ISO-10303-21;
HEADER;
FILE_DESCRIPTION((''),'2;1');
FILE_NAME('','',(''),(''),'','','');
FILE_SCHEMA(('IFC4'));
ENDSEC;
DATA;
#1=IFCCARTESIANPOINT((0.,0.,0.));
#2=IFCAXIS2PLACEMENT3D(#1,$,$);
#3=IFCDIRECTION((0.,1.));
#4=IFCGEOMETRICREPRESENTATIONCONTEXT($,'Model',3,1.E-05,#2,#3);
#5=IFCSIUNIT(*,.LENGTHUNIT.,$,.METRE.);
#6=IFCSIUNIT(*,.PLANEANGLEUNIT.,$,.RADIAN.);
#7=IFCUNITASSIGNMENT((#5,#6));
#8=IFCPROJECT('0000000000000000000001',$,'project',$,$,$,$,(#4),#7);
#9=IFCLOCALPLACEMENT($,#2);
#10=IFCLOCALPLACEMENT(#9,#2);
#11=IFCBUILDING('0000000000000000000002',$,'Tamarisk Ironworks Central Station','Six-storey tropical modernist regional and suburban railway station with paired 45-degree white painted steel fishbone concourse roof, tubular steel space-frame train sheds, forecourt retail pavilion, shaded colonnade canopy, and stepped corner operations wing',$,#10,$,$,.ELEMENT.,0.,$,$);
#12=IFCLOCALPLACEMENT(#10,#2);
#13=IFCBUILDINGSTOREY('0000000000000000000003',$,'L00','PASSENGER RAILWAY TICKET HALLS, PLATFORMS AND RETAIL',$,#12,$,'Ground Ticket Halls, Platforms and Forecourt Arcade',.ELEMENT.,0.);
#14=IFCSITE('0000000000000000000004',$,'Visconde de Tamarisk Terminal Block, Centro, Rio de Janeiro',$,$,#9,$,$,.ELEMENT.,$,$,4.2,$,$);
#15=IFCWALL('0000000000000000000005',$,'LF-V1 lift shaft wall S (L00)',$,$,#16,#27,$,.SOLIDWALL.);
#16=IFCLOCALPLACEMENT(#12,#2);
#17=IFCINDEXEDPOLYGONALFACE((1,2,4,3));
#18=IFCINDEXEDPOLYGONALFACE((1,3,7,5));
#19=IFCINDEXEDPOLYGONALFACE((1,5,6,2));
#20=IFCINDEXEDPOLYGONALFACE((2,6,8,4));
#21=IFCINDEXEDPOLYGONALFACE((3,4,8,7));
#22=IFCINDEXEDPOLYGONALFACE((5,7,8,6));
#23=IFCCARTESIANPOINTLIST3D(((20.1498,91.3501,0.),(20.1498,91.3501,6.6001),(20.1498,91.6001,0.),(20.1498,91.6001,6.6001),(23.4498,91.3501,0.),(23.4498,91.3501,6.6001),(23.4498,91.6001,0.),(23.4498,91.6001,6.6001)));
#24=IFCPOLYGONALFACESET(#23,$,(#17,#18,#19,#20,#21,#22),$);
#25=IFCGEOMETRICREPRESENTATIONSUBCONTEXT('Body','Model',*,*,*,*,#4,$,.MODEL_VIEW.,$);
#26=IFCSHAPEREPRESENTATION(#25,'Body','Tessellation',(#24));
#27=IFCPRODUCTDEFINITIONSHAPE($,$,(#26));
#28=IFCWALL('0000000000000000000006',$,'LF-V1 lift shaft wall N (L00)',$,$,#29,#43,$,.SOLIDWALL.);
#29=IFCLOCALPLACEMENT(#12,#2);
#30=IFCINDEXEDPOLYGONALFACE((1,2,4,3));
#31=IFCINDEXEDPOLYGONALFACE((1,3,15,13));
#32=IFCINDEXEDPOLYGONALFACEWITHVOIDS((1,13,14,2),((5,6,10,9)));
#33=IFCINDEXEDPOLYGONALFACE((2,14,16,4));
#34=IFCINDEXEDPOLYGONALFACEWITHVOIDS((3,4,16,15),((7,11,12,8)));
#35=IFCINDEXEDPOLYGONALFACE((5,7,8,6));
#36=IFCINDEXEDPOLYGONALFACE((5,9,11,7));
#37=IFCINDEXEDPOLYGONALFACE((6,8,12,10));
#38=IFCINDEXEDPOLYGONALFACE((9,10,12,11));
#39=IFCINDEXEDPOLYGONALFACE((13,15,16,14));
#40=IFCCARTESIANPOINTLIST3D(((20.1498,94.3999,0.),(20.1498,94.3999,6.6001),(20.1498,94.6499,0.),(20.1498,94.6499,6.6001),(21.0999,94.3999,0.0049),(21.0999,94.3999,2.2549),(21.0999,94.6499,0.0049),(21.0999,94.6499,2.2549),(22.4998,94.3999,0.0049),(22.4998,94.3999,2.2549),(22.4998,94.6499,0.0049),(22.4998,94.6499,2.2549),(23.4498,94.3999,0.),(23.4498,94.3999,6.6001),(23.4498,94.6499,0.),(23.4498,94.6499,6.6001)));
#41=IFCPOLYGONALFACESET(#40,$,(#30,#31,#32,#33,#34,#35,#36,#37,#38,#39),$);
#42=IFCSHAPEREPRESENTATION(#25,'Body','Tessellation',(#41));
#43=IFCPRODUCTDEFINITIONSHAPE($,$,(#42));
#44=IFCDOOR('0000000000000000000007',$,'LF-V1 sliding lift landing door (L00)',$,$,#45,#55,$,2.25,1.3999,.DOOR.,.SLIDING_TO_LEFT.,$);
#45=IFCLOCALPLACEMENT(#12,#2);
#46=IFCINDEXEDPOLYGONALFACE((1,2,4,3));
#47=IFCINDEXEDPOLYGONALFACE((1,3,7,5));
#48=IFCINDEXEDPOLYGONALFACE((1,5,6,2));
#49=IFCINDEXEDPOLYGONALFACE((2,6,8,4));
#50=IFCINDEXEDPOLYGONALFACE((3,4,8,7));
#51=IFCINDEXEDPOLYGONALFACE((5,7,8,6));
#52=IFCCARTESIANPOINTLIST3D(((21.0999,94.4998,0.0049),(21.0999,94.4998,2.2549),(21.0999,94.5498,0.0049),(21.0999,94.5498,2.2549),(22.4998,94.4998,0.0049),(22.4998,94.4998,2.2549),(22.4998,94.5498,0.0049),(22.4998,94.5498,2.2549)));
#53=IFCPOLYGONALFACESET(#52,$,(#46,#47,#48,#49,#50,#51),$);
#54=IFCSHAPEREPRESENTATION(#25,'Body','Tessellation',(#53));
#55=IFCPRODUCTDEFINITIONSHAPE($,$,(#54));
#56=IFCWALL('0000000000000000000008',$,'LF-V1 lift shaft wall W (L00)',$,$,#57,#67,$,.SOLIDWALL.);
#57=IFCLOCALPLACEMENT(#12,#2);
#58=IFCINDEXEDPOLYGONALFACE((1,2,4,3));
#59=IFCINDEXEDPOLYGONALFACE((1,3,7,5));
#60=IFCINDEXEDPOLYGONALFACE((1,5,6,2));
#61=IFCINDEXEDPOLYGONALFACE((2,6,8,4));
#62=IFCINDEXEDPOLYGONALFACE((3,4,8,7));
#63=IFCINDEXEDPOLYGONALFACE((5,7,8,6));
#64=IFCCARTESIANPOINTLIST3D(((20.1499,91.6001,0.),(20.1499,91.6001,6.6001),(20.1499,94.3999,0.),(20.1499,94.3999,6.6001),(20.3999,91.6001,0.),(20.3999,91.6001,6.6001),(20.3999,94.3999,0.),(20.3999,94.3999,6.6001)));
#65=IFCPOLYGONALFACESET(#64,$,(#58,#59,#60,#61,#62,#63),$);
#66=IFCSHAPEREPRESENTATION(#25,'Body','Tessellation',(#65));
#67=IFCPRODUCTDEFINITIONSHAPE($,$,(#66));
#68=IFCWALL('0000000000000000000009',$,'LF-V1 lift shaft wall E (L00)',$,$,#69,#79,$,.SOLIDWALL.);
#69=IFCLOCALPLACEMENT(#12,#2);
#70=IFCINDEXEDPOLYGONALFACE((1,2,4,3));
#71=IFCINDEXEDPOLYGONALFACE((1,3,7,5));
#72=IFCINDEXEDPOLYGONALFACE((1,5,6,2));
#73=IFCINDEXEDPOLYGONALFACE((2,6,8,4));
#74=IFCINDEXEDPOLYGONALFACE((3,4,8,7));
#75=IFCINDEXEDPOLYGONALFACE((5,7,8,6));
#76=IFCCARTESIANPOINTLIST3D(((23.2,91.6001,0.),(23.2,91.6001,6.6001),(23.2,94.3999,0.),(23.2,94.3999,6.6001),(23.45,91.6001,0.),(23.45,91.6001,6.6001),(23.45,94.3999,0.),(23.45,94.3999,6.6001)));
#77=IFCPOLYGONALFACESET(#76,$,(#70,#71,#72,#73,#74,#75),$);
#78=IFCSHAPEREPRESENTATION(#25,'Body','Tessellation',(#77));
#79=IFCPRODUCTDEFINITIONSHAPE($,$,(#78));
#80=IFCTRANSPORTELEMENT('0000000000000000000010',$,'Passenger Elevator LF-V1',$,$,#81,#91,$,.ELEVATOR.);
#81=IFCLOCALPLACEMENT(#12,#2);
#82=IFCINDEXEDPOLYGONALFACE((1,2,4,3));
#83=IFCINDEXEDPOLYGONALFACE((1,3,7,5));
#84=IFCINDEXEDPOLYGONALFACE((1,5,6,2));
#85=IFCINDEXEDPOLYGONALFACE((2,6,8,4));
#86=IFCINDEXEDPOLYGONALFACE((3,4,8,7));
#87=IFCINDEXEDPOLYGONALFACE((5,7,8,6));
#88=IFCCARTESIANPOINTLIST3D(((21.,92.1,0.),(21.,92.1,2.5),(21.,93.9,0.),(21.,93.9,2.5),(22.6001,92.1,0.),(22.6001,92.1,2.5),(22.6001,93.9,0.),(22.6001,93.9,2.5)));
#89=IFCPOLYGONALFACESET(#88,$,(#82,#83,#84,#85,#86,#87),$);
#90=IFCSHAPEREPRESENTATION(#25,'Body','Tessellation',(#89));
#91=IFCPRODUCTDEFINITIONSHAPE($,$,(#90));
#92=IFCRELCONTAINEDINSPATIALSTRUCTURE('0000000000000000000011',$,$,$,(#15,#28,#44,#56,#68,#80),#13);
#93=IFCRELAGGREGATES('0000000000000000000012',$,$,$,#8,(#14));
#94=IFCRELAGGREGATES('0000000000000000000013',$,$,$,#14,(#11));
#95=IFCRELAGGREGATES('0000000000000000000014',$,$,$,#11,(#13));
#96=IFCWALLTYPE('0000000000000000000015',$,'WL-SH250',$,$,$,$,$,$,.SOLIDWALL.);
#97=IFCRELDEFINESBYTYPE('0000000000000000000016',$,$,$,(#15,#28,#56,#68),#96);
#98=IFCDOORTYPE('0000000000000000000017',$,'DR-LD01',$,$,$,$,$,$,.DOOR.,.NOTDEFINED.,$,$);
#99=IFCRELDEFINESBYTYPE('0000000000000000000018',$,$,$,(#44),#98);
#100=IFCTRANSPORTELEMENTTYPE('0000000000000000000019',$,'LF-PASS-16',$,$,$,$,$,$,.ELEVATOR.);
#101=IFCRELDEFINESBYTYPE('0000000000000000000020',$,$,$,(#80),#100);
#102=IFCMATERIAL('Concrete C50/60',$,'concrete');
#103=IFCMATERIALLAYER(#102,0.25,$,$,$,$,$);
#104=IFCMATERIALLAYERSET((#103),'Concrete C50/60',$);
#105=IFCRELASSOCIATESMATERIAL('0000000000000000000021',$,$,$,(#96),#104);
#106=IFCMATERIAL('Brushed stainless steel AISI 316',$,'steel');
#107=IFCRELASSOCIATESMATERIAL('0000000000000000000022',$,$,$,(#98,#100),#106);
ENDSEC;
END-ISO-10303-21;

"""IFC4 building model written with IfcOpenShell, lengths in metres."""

from ifc_helpers import new_model, si_unit, direction, frame, frame_2d, origin, origin_2d, place, context, subcontext, project, spatial, rectangle, extrude, material, layer, layer_set, type_object, element, fill, save


model = new_model("IFC4")

# Units and contexts
model_context = context("Model", 3, precision=1e-05, world=origin(), true_north=direction((0.0, 1.0)))
body_context = subcontext(model_context, "Body", "Model", "MODEL_VIEW")
ifc_project = project(units=[si_unit("LENGTHUNIT", "METRE"), si_unit("PLANEANGLEUNIT", "RADIAN")], contexts=[model_context])

# Site, building, storey
site_placement = place(None, origin())
site = spatial("IfcSite", under=ifc_project, at=site_placement, Name="Visconde de Tamarisk Terminal Block, Centro, Rio de Janeiro", CompositionType="ELEMENT", RefElevation=4.2)
building_placement = place(site_placement, origin())
building = spatial("IfcBuilding", under=site, at=building_placement, Name="Tamarisk Ironworks Central Station", Description="Six-storey tropical modernist regional and suburban railway station with paired 45-degree white painted steel fishbone concourse roof, tubular steel space-frame train sheds, forecourt retail pavilion, shaded colonnade canopy, and stepped corner operations wing", CompositionType="ELEMENT", ElevationOfRefHeight=0.0)
storey_placement = place(building_placement, origin())
storey = spatial("IfcBuildingStorey", under=building, at=storey_placement, Name="L00", Description="PASSENGER RAILWAY TICKET HALLS, PLATFORMS AND RETAIL", LongName="Ground Ticket Halls, Platforms and Forecourt Arcade", CompositionType="ELEMENT", Elevation=0.0)

# Wall
ifc_material_1 = material(Name="Concrete C50/60", Category="concrete")
ifc_layer_1 = layer(ifc_material_1, 0.25)
ifc_layer_set_1 = layer_set([ifc_layer_1], Name="Concrete C50/60")
wall_type_1 = type_object("IfcWallType", Name="WL-SH250", PredefinedType="SOLIDWALL", material=ifc_layer_set_1)
wall_1_placement = place(storey_placement, frame((20.1499, 91.4751, 0.0), z_axis=(0.0, 0.0, 1.0), x_axis=(1.0, 0.0, 0.0)))
element("IfcWall", 1, at=wall_1_placement, inside=storey, type_object=wall_type_1, Name="LF-V1 lift shaft wall S (L00)", PredefinedType="SOLIDWALL", context=body_context, shape_type="SweptSolid", body=[
    extrude(rectangle(XDim=3.3, YDim=0.25, at=frame_2d((1.6499, 0.0))), origin(), (0.0, 0.0, 1.0), 6.6001),
])

# Wall, opening, door
wall_2_placement = place(storey_placement, frame((20.1499, 94.5249, 0.0), z_axis=(0.0, 0.0, 1.0), x_axis=(1.0, 0.0, 0.0)))
wall_2 = element("IfcWall", 2, at=wall_2_placement, inside=storey, type_object=wall_type_1, Name="LF-V1 lift shaft wall N (L00)", PredefinedType="SOLIDWALL", context=body_context, shape_type="SweptSolid", body=[
    extrude(rectangle(XDim=3.3, YDim=0.25, at=frame_2d((1.6499, 0.0))), origin(), (0.0, 0.0, 1.0), 6.6001),
])
opening_placement = place(wall_2_placement, frame((0.95, 0.0, 0.0049)))
opening = element("IfcOpeningElement", 3, at=opening_placement, cuts=wall_2, PredefinedType="OPENING", context=body_context, shape_type="SweptSolid", body=[
    extrude(rectangle(XDim=1.3999, YDim=2.25, at=frame_2d((0.7, 1.125))), frame((0.0, 0.137, 0.0), z_axis=(0.0, -1.0, 0.0), x_axis=(1.0, 0.0, 0.0)), (0.0, 0.0, 1.0), 0.2739),
])
ifc_material_2 = material(Name="Brushed stainless steel AISI 316", Category="steel")
door_type = type_object("IfcDoorType", Name="DR-LD01", OperationType="NOTDEFINED", PredefinedType="DOOR", material=ifc_material_2)
door_placement = place(opening_placement, origin())
door = element("IfcDoor", 4, at=door_placement, inside=storey, type_object=door_type, Name="LF-V1 sliding lift landing door (L00)", OperationType="SLIDING_TO_LEFT", OverallHeight=2.25, OverallWidth=1.3999, PredefinedType="DOOR", context=body_context, shape_type="SweptSolid", body=[
    extrude(rectangle(XDim=1.3999, YDim=2.25, at=frame_2d((0.7, 1.125))), frame((0.0, 0.0249, 0.0), z_axis=(0.0, -1.0, 0.0), x_axis=(1.0, 0.0, 0.0)), (0.0, 0.0, 1.0), 0.05),
])
fill(opening, door)

# Walls
for number, where, z_axis, x_axis, name in (
    (5, (20.2749, 91.6001, 0.0), (0.0, 0.0, 1.0), (0.0, 1.0, 0.0), "LF-V1 lift shaft wall W (L00)"),
    (6, (23.325, 91.6001, 0.0), (0.0, 0.0, 1.0), (0.0, 1.0, 0.0), "LF-V1 lift shaft wall E (L00)"),
):
    element("IfcWall", number, at=place(storey_placement, frame(where, z_axis=z_axis, x_axis=x_axis)), inside=storey, type_object=wall_type_1, Name=name, PredefinedType="SOLIDWALL", context=body_context, shape_type="SweptSolid", body=[
        extrude(rectangle(XDim=2.7998, YDim=0.25, at=frame_2d((1.3999, 0.0))), origin(), (0.0, 0.0, 1.0), 6.6001),
    ])

# Transport element
transport_element_type = type_object("IfcTransportElementType", Name="LF-PASS-16", PredefinedType="ELEVATOR", material=ifc_material_2)
transport_element_placement = place(storey_placement, frame((21.8, 93.0, 0.0), z_axis=(0.0, 0.0, 1.0), x_axis=(1.0, 0.0, 0.0)))
element("IfcTransportElement", 7, at=transport_element_placement, inside=storey, type_object=transport_element_type, Name="Passenger Elevator LF-V1", PredefinedType="ELEVATOR", context=body_context, shape_type="SweptSolid", body=[
    extrude(rectangle(XDim=1.6001, YDim=1.8, at=origin_2d()), origin(), (0.0, 0.0, 1.0), 2.5),
])

save(model, "model.ifc")
